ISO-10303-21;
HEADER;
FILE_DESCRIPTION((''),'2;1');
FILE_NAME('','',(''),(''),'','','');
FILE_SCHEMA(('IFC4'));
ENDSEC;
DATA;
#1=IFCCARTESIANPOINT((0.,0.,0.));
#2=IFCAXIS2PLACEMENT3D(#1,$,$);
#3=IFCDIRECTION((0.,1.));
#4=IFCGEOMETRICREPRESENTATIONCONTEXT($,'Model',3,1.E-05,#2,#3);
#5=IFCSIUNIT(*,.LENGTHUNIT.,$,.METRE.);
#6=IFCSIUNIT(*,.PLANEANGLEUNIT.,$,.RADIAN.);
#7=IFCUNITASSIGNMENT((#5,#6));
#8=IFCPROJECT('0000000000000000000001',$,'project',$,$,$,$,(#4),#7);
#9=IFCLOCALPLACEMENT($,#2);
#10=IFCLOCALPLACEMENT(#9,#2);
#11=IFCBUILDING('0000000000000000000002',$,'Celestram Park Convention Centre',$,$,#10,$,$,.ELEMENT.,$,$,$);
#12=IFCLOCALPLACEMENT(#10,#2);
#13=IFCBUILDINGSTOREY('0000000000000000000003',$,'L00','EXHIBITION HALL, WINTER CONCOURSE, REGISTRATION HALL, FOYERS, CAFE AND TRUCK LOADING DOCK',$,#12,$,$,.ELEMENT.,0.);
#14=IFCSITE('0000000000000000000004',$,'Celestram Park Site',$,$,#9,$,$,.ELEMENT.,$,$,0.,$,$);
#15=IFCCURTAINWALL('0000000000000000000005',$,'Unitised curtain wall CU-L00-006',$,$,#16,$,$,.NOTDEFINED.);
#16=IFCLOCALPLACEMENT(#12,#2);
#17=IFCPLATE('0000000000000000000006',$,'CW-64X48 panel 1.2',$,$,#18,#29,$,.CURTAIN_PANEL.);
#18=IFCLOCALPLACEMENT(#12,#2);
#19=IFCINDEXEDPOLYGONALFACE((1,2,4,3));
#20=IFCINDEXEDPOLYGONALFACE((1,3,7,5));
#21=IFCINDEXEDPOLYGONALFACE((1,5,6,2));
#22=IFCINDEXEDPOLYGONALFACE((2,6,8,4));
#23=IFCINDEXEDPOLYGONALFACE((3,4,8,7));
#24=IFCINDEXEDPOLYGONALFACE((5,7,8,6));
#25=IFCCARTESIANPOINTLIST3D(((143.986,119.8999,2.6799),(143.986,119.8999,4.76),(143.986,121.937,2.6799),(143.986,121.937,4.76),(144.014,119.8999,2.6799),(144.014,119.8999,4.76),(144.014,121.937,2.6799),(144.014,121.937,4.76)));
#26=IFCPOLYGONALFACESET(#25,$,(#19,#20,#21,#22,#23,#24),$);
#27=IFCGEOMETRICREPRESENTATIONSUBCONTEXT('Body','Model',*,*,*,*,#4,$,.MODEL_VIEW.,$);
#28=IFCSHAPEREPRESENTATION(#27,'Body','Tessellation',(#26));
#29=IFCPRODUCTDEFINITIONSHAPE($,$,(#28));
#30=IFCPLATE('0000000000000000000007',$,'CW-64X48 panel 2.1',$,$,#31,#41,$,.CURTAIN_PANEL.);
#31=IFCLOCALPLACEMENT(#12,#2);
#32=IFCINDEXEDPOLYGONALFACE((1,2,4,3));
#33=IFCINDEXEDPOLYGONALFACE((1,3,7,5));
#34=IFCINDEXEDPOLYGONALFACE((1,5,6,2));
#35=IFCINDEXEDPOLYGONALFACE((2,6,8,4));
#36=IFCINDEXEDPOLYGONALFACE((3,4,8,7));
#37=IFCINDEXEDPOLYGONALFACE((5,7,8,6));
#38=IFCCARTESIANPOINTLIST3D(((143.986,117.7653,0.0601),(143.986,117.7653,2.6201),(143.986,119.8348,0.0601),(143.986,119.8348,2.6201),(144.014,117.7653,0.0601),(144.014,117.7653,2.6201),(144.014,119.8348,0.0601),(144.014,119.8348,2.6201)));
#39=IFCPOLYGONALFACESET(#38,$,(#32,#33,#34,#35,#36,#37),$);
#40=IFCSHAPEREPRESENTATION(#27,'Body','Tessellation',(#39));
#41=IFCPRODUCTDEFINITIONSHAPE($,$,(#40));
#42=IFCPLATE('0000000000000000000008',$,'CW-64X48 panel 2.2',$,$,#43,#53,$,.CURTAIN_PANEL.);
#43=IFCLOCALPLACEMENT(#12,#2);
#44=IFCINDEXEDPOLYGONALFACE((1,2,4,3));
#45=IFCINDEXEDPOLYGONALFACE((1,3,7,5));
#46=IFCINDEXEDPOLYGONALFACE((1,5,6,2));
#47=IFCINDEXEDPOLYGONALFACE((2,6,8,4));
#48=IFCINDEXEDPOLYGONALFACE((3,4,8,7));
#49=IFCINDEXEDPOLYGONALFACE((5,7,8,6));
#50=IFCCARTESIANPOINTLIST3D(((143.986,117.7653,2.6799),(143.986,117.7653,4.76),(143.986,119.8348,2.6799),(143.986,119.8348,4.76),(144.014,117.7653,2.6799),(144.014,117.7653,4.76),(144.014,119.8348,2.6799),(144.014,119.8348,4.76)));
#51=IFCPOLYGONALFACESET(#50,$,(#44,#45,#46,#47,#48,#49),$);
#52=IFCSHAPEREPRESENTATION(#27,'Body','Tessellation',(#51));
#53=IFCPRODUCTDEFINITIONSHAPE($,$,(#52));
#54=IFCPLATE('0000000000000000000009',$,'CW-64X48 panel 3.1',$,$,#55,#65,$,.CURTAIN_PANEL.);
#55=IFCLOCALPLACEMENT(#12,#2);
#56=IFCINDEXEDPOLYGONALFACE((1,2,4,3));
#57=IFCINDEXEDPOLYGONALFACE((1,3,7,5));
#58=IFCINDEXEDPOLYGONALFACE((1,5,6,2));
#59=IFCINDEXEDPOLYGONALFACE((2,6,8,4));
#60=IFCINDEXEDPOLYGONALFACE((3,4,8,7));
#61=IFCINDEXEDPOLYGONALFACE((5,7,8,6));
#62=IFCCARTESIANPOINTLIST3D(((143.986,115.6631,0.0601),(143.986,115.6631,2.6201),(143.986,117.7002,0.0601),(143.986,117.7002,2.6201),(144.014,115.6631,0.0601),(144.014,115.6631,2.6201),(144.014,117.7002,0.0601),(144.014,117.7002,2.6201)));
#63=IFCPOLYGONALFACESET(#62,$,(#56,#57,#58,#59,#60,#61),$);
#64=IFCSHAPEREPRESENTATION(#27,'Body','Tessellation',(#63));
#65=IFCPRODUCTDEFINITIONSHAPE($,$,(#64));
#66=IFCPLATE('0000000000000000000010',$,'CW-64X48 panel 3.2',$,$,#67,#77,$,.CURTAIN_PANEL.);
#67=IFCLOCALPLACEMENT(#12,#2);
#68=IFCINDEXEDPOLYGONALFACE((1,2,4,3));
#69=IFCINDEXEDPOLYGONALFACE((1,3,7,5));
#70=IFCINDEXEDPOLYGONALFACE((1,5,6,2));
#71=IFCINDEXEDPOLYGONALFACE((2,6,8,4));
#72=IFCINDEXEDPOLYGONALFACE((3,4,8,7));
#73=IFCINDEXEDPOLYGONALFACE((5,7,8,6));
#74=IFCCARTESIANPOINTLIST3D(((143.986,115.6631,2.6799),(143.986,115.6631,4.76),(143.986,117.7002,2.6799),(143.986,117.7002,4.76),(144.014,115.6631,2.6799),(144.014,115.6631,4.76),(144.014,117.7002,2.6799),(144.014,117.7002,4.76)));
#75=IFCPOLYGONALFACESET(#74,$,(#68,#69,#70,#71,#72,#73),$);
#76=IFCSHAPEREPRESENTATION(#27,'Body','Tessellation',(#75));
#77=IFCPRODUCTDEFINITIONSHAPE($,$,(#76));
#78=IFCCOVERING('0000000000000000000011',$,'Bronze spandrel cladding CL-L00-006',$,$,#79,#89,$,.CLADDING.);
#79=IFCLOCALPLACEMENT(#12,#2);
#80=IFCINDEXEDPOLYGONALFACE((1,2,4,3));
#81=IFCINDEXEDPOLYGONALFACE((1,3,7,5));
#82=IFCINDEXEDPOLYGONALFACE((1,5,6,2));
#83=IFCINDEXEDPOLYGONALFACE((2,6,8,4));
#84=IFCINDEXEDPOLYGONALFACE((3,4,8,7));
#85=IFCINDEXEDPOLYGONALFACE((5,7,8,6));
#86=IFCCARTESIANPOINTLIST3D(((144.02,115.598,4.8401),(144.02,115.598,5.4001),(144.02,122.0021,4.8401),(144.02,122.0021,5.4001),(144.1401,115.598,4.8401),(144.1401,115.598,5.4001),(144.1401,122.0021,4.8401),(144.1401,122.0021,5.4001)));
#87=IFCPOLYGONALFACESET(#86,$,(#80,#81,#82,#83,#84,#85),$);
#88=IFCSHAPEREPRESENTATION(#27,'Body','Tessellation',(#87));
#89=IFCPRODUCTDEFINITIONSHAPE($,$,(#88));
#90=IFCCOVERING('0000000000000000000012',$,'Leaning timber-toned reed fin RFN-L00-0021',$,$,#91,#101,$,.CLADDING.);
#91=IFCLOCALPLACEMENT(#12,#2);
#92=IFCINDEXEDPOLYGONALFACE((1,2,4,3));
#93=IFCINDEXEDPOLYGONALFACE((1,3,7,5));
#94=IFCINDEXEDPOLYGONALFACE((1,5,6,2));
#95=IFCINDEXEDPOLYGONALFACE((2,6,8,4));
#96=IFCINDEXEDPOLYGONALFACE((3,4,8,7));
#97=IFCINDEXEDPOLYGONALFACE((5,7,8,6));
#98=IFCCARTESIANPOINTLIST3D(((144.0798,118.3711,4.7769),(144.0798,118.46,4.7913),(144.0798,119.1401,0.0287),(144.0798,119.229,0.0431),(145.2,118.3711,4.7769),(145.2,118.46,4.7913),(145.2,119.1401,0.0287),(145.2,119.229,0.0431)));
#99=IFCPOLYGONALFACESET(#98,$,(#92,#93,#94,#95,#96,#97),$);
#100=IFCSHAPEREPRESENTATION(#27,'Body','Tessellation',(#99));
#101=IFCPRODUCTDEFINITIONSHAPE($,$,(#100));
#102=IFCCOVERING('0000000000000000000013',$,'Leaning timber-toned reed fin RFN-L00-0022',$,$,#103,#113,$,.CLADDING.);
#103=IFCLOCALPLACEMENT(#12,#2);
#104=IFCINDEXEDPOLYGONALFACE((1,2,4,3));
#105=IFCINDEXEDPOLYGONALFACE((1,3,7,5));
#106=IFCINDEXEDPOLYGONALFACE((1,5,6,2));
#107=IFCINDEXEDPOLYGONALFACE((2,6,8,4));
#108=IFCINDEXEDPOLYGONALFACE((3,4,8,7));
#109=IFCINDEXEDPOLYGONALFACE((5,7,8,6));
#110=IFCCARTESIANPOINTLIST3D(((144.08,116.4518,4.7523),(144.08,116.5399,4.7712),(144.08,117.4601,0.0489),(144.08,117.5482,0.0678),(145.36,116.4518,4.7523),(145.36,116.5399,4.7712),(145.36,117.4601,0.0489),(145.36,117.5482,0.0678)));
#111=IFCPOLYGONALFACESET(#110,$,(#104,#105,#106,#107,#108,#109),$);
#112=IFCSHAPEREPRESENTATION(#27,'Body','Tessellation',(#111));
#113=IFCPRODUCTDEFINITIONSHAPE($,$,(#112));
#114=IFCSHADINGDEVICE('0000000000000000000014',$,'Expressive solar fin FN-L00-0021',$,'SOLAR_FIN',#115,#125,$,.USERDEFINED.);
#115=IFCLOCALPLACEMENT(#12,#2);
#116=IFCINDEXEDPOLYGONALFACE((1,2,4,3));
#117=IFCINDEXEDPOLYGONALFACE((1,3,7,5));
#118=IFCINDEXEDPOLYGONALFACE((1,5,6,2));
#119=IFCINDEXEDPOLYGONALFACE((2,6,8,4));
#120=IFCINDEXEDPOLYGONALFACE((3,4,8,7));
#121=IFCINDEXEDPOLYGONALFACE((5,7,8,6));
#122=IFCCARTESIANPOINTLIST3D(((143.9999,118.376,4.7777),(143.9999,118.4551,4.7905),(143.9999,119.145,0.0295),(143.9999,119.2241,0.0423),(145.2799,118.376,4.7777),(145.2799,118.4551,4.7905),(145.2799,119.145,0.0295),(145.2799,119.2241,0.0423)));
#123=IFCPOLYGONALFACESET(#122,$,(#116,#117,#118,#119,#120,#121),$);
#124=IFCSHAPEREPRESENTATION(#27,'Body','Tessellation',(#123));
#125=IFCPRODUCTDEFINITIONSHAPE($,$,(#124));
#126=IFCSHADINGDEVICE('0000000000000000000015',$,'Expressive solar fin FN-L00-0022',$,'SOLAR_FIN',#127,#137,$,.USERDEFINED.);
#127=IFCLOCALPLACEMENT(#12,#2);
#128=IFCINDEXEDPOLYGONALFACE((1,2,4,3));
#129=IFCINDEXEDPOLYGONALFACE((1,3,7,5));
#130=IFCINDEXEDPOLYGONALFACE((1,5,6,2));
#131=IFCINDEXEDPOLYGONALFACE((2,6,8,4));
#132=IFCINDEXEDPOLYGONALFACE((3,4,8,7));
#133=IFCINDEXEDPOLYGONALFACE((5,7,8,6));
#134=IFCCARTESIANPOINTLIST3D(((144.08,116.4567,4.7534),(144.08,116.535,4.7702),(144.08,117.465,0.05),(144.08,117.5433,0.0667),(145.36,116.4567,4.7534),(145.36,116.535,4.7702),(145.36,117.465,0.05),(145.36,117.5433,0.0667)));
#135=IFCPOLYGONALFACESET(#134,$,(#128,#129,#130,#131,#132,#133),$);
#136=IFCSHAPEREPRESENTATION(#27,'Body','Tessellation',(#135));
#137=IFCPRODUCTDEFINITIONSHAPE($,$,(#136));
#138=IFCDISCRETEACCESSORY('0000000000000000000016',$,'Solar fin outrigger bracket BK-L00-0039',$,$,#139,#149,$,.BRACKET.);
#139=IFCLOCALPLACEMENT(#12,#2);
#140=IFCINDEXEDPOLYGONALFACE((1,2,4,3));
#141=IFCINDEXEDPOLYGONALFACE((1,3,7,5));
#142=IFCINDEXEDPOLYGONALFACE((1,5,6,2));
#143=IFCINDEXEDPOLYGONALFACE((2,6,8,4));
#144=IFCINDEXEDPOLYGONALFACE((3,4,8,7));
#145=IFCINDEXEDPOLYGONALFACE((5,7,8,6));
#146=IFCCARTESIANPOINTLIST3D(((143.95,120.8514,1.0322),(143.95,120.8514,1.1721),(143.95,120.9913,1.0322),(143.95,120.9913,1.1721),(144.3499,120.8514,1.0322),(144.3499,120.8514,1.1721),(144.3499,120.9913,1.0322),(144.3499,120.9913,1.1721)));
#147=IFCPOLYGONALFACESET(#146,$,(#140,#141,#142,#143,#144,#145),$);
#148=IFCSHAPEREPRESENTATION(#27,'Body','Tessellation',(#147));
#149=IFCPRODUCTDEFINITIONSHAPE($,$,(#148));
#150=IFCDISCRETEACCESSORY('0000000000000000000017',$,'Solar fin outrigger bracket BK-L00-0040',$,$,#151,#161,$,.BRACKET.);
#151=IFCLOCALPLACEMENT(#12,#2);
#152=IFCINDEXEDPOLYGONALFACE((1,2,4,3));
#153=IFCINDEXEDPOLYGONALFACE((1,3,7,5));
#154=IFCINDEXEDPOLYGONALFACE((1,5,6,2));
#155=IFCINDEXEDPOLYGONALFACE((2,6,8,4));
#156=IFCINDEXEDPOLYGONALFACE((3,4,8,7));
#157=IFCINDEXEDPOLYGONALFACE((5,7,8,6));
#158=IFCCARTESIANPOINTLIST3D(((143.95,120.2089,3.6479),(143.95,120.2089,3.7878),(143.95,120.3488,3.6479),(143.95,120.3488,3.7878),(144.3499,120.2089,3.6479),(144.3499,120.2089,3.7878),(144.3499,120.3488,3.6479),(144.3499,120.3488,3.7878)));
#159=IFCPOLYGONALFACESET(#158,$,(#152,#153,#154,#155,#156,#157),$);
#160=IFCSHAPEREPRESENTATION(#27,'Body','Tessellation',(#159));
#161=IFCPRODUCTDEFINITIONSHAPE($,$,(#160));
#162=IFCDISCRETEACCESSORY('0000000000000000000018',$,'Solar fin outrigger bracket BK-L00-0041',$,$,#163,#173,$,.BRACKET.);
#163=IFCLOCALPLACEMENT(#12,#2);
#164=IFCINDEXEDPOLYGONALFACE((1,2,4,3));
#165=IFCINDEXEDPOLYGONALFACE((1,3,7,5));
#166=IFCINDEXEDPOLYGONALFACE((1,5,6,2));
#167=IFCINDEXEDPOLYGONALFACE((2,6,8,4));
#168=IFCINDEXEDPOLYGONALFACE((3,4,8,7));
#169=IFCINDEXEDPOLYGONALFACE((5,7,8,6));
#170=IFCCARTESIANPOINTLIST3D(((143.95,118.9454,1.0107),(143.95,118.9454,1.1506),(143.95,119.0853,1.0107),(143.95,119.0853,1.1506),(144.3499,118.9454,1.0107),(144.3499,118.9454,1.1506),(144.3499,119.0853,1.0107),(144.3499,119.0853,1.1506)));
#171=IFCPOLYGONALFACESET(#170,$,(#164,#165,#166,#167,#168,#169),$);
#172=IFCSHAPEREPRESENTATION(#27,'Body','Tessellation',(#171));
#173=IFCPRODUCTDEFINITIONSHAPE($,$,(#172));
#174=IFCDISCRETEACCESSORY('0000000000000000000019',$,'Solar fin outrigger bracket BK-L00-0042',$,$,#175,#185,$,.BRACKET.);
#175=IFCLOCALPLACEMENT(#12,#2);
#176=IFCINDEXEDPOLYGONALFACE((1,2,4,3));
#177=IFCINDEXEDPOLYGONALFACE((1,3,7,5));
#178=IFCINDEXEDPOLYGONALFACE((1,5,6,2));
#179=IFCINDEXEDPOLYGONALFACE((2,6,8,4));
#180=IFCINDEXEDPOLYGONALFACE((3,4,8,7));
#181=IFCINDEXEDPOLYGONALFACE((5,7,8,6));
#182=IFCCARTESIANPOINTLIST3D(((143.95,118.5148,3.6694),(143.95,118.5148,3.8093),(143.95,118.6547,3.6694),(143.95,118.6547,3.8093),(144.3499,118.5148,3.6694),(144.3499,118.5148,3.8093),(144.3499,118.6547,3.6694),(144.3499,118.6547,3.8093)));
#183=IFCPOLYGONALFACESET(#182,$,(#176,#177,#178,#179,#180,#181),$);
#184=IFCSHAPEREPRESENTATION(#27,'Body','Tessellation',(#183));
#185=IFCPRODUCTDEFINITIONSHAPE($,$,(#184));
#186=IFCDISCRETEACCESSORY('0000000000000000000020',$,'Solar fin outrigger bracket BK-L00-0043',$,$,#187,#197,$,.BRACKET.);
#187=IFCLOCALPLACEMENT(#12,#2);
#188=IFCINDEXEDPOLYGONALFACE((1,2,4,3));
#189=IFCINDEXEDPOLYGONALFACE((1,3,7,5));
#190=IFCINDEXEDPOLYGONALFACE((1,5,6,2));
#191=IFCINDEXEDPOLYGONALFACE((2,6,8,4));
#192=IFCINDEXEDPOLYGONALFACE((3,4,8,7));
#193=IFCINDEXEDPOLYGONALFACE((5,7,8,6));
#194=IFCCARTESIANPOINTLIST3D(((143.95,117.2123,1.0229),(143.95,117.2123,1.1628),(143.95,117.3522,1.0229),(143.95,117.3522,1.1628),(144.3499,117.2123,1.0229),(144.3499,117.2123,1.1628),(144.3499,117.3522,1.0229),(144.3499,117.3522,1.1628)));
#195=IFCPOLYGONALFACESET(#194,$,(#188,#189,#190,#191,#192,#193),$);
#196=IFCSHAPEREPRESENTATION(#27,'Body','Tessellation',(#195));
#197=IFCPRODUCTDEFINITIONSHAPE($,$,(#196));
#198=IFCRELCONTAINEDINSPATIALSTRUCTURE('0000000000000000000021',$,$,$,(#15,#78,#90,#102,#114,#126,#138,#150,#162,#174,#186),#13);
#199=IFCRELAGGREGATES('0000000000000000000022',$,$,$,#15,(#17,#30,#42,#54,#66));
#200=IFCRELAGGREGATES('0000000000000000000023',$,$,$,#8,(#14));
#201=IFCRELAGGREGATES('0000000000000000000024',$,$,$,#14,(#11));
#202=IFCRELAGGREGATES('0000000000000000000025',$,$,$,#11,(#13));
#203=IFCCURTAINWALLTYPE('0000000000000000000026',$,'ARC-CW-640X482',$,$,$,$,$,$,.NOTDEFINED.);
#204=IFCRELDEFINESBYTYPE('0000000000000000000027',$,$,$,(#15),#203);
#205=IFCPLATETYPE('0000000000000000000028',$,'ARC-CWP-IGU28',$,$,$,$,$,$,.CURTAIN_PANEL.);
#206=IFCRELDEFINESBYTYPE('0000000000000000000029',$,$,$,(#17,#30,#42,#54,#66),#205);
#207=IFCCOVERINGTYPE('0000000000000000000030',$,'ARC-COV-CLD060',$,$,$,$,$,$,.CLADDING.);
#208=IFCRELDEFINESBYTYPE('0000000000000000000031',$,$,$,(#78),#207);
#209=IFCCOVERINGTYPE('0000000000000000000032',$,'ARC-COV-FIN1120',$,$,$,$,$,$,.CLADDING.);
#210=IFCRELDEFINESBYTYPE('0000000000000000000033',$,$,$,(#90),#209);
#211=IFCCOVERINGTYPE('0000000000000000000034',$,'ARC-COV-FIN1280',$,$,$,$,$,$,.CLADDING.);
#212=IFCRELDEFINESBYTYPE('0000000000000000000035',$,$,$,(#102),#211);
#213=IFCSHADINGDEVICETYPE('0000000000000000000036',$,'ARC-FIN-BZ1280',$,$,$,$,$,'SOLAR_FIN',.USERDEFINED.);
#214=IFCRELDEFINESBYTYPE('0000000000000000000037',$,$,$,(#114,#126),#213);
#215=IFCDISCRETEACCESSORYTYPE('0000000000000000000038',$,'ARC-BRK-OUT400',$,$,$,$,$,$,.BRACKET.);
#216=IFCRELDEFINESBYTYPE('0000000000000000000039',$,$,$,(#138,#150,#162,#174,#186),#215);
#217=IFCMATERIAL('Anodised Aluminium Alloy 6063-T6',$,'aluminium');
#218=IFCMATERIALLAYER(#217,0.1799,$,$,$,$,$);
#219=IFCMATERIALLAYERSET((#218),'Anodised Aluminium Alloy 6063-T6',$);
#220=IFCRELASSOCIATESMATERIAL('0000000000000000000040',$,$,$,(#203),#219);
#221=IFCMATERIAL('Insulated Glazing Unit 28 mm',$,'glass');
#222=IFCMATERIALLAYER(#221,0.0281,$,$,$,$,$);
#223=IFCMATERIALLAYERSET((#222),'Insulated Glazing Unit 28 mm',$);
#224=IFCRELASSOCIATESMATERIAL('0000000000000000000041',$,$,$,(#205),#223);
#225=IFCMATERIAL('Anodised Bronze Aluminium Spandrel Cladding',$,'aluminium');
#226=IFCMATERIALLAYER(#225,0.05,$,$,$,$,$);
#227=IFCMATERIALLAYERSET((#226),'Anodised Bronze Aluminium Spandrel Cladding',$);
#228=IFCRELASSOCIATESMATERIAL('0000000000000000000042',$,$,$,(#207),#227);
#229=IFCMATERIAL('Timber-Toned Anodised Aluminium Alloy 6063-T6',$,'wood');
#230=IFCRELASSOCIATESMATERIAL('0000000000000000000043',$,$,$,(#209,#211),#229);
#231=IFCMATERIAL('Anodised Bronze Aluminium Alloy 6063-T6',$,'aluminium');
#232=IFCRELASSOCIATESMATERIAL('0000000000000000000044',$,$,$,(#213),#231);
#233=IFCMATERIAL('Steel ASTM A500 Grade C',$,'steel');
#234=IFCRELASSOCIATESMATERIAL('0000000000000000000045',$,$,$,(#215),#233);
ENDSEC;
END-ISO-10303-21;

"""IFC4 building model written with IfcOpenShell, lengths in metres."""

from ifc_helpers import new_model, si_unit, direction, frame, origin, origin_2d, place, context, subcontext, project, spatial, rectangle, extrude, material, layer, layer_set, material_profile, profile_set, type_object, element, aggregate, save


model = new_model("IFC4")

# Units and contexts
model_context = context("Model", 3, precision=1e-05, world=origin(), true_north=direction((0.0, 1.0)))
body_context = subcontext(model_context, "Body", "Model", "MODEL_VIEW")
ifc_project = project(units=[si_unit("LENGTHUNIT", "METRE"), si_unit("PLANEANGLEUNIT", "RADIAN")], contexts=[model_context])

# Site, building, storey
site_placement = place(None, origin())
site = spatial("IfcSite", under=ifc_project, at=site_placement, Name="Celestram Park Site", CompositionType="ELEMENT", RefElevation=0.0)
building_placement = place(site_placement, origin())
building = spatial("IfcBuilding", under=site, at=building_placement, Name="Celestram Park Convention Centre", CompositionType="ELEMENT")
storey_placement = place(building_placement, origin())
storey = spatial("IfcBuildingStorey", under=building, at=storey_placement, Name="L00", Description="EXHIBITION HALL, WINTER CONCOURSE, REGISTRATION HALL, FOYERS, CAFE AND TRUCK LOADING DOCK", CompositionType="ELEMENT", Elevation=0.0)

# Curtain wall
ifc_material_1 = material(Name="Anodised Aluminium Alloy 6063-T6", Category="aluminium")
ifc_layer_1 = layer(ifc_material_1, 0.1799)
ifc_layer_set_1 = layer_set([ifc_layer_1], Name="Anodised Aluminium Alloy 6063-T6")
curtain_wall_type = type_object("IfcCurtainWallType", Name="ARC-CW-640X482", PredefinedType="NOTDEFINED", material=ifc_layer_set_1)
curtain_wall_placement = place(storey_placement, origin())
curtain_wall = element("IfcCurtainWall", 1, at=curtain_wall_placement, inside=storey, type_object=curtain_wall_type, Name="Unitised curtain wall CU-L00-006", PredefinedType="NOTDEFINED")

# Shared definitions
ifc_material_2 = material(Name="Steel ASTM A500 Grade C", Category="steel")

# Plates
ifc_material_3 = material(Name="Insulated Glazing Unit 28 mm", Category="glass")
ifc_layer_2 = layer(ifc_material_3, 0.0281)
ifc_layer_set_2 = layer_set([ifc_layer_2], Name="Insulated Glazing Unit 28 mm")
plate_type = type_object("IfcPlateType", Name="ARC-CWP-IGU28", PredefinedType="CURTAIN_PANEL", material=ifc_layer_set_2)
plate_1_placement = place(storey_placement, frame((144.0, 120.9185, 2.6799), z_axis=(0.0, 0.0, 1.0), x_axis=(0.0, -1.0, 0.0)))
plate_1 = element("IfcPlate", 2, at=plate_1_placement, type_object=plate_type, Name="CW-64X48 panel 1.2", PredefinedType="CURTAIN_PANEL", context=body_context, shape_type="SweptSolid", body=[
    extrude(rectangle(XDim=2.0371, YDim=0.0281, at=origin_2d()), origin(), (0.0, 0.0, 1.0), 2.0801),
])
plate_2_placement = place(storey_placement, frame((144.0, 118.8, 0.0601), z_axis=(0.0, 0.0, 1.0), x_axis=(0.0, -1.0, 0.0)))
plate_2 = element("IfcPlate", 3, at=plate_2_placement, type_object=plate_type, Name="CW-64X48 panel 2.1", PredefinedType="CURTAIN_PANEL", context=body_context, shape_type="SweptSolid", body=[
    extrude(rectangle(XDim=2.0696, YDim=0.0281, at=origin_2d()), origin(), (0.0, 0.0, 1.0), 2.5601),
])
plate_3_placement = place(storey_placement, frame((144.0, 118.8, 2.6799), z_axis=(0.0, 0.0, 1.0), x_axis=(0.0, -1.0, 0.0)))
plate_3 = element("IfcPlate", 4, at=plate_3_placement, type_object=plate_type, Name="CW-64X48 panel 2.2", PredefinedType="CURTAIN_PANEL", context=body_context, shape_type="SweptSolid", body=[
    extrude(rectangle(XDim=2.0696, YDim=0.0281, at=origin_2d()), origin(), (0.0, 0.0, 1.0), 2.0801),
])
plate_4_placement = place(storey_placement, frame((144.0, 116.6816, 0.0601), z_axis=(0.0, 0.0, 1.0), x_axis=(0.0, -1.0, 0.0)))
plate_4 = element("IfcPlate", 5, at=plate_4_placement, type_object=plate_type, Name="CW-64X48 panel 3.1", PredefinedType="CURTAIN_PANEL", context=body_context, shape_type="SweptSolid", body=[
    extrude(rectangle(XDim=2.0371, YDim=0.0281, at=origin_2d()), origin(), (0.0, 0.0, 1.0), 2.5601),
])
plate_5_placement = place(storey_placement, frame((144.0, 116.6816, 2.6799), z_axis=(0.0, 0.0, 1.0), x_axis=(0.0, -1.0, 0.0)))
plate_5 = element("IfcPlate", 6, at=plate_5_placement, type_object=plate_type, Name="CW-64X48 panel 3.2", PredefinedType="CURTAIN_PANEL", context=body_context, shape_type="SweptSolid", body=[
    extrude(rectangle(XDim=2.0371, YDim=0.0281, at=origin_2d()), origin(), (0.0, 0.0, 1.0), 2.0801),
])
aggregate(curtain_wall, [plate_1, plate_2, plate_3, plate_4, plate_5])

# Coverings
ifc_material_4 = material(Name="Anodised Bronze Aluminium Spandrel Cladding", Category="aluminium")
ifc_layer_3 = layer(ifc_material_4, 0.05)
ifc_layer_set_3 = layer_set([ifc_layer_3], Name="Anodised Bronze Aluminium Spandrel Cladding")
covering_type_1 = type_object("IfcCoveringType", Name="ARC-COV-CLD060", PredefinedType="CLADDING", material=ifc_layer_set_3)
covering_1_placement = place(storey_placement, frame((144.0801, 118.8, 4.8401), z_axis=(0.0, 0.0, 1.0), x_axis=(0.0, -1.0, 0.0)))
element("IfcCovering", 7, at=covering_1_placement, inside=storey, type_object=covering_type_1, Name="Bronze spandrel cladding CL-L00-006", PredefinedType="CLADDING", context=body_context, shape_type="SweptSolid", body=[
    extrude(rectangle(XDim=6.4041, YDim=0.1201, at=origin_2d()), origin(), (0.0, 0.0, 1.0), 0.5601),
])
ifc_material_5 = material(Name="Timber-Toned Anodised Aluminium Alloy 6063-T6", Category="wood")
ifc_material_profile_1 = material_profile(ifc_material_5, rectangle(XDim=1.1201, YDim=0.0901, at=origin_2d()), Name="REED1120X90")
ifc_profile_set_1 = profile_set([ifc_material_profile_1], Name="Timber-Toned Anodised Aluminium Alloy 6063-T6")
covering_type_2 = type_object("IfcCoveringType", Name="ARC-COV-FIN1120", PredefinedType="CLADDING", material=ifc_profile_set_1)
covering_2_placement = place(storey_placement, frame((144.6399, 119.1846, 0.0359), z_axis=(0.0, -0.159879, 0.987137), x_axis=(1.0, 0.0, 0.0)))
element("IfcCovering", 8, at=covering_2_placement, inside=storey, type_object=covering_type_2, Name="Leaning timber-toned reed fin RFN-L00-0021", PredefinedType="CLADDING", context=body_context, shape_type="SweptSolid", body=[
    extrude(rectangle(XDim=1.1201, YDim=0.0901, at=origin_2d()), origin(), (0.0, 0.0, 1.0), 4.8101),
])
ifc_material_profile_2 = material_profile(ifc_material_5, rectangle(XDim=1.28, YDim=0.0901, at=origin_2d()), Name="REED1280X90")
ifc_profile_set_2 = profile_set([ifc_material_profile_2], Name="Timber-Toned Anodised Aluminium Alloy 6063-T6")
covering_type_3 = type_object("IfcCoveringType", Name="ARC-COV-FIN1280", PredefinedType="CLADDING", material=ifc_profile_set_2)
covering_3_placement = place(storey_placement, frame((144.72, 117.5042, 0.0583), z_axis=(0.0, -0.209616, 0.977784), x_axis=(1.0, 0.0, 0.0)))
element("IfcCovering", 9, at=covering_3_placement, inside=storey, type_object=covering_type_3, Name="Leaning timber-toned reed fin RFN-L00-0022", PredefinedType="CLADDING", context=body_context, shape_type="SweptSolid", body=[
    extrude(rectangle(XDim=1.28, YDim=0.0901, at=origin_2d()), origin(), (0.0, 0.0, 1.0), 4.8103),
])

# Shading devices
ifc_material_6 = material(Name="Anodised Bronze Aluminium Alloy 6063-T6", Category="aluminium")
ifc_material_profile_3 = material_profile(ifc_material_6, rectangle(XDim=1.28, YDim=0.0801, at=origin_2d()), Name="FIN1280X80")
ifc_profile_set_3 = profile_set([ifc_material_profile_3], Name="Anodised Bronze Aluminium Alloy 6063-T6")
shading_device_type = type_object("IfcShadingDeviceType", Name="ARC-FIN-BZ1280", ElementType="SOLAR_FIN", PredefinedType="USERDEFINED", material=ifc_profile_set_3)
shading_device_1_placement = place(storey_placement, frame((144.6399, 119.1846, 0.0359), z_axis=(0.0, -0.159879, 0.987137), x_axis=(1.0, 0.0, 0.0)))
element("IfcShadingDevice", 10, at=shading_device_1_placement, inside=storey, type_object=shading_device_type, Name="Expressive solar fin FN-L00-0021", ObjectType="SOLAR_FIN", PredefinedType="USERDEFINED", context=body_context, shape_type="SweptSolid", body=[
    extrude(rectangle(XDim=1.28, YDim=0.0801, at=origin_2d()), origin(), (0.0, 0.0, 1.0), 4.8101),
])
shading_device_2_placement = place(storey_placement, frame((144.72, 117.5042, 0.0583), z_axis=(0.0, -0.209616, 0.977784), x_axis=(1.0, 0.0, 0.0)))
element("IfcShadingDevice", 11, at=shading_device_2_placement, inside=storey, type_object=shading_device_type, Name="Expressive solar fin FN-L00-0022", ObjectType="SOLAR_FIN", PredefinedType="USERDEFINED", context=body_context, shape_type="SweptSolid", body=[
    extrude(rectangle(XDim=1.28, YDim=0.0801, at=origin_2d()), origin(), (0.0, 0.0, 1.0), 4.8103),
])

# Discrete accessories
discrete_accessory_type = type_object("IfcDiscreteAccessoryType", Name="ARC-BRK-OUT400", PredefinedType="BRACKET", material=ifc_material_2)
for number, where, z_axis, x_axis, name in (
    (12, (144.1499, 120.9214, 1.0322), (0.0, 0.0, 1.0), (1.0, 0.0, 0.0), "Solar fin outrigger bracket BK-L00-0039"),
    (13, (144.1499, 120.2788, 3.6479), (0.0, 0.0, 1.0), (1.0, 0.0, 0.0), "Solar fin outrigger bracket BK-L00-0040"),
    (14, (144.1499, 119.0154, 1.0107), (0.0, 0.0, 1.0), (1.0, 0.0, 0.0), "Solar fin outrigger bracket BK-L00-0041"),
    (15, (144.1499, 118.5847, 3.6694), (0.0, 0.0, 1.0), (1.0, 0.0, 0.0), "Solar fin outrigger bracket BK-L00-0042"),
    (16, (144.1499, 117.2822, 1.0229), (0.0, 0.0, 1.0), (1.0, 0.0, 0.0), "Solar fin outrigger bracket BK-L00-0043"),
):
    element("IfcDiscreteAccessory", number, at=place(storey_placement, frame(where, z_axis=z_axis, x_axis=x_axis)), inside=storey, type_object=discrete_accessory_type, Name=name, PredefinedType="BRACKET", context=body_context, shape_type="SweptSolid", body=[
        extrude(rectangle(XDim=0.3999, YDim=0.1399, at=origin_2d()), origin(), (0.0, 0.0, 1.0), 0.1399),
    ])

save(model, "model.ifc")
